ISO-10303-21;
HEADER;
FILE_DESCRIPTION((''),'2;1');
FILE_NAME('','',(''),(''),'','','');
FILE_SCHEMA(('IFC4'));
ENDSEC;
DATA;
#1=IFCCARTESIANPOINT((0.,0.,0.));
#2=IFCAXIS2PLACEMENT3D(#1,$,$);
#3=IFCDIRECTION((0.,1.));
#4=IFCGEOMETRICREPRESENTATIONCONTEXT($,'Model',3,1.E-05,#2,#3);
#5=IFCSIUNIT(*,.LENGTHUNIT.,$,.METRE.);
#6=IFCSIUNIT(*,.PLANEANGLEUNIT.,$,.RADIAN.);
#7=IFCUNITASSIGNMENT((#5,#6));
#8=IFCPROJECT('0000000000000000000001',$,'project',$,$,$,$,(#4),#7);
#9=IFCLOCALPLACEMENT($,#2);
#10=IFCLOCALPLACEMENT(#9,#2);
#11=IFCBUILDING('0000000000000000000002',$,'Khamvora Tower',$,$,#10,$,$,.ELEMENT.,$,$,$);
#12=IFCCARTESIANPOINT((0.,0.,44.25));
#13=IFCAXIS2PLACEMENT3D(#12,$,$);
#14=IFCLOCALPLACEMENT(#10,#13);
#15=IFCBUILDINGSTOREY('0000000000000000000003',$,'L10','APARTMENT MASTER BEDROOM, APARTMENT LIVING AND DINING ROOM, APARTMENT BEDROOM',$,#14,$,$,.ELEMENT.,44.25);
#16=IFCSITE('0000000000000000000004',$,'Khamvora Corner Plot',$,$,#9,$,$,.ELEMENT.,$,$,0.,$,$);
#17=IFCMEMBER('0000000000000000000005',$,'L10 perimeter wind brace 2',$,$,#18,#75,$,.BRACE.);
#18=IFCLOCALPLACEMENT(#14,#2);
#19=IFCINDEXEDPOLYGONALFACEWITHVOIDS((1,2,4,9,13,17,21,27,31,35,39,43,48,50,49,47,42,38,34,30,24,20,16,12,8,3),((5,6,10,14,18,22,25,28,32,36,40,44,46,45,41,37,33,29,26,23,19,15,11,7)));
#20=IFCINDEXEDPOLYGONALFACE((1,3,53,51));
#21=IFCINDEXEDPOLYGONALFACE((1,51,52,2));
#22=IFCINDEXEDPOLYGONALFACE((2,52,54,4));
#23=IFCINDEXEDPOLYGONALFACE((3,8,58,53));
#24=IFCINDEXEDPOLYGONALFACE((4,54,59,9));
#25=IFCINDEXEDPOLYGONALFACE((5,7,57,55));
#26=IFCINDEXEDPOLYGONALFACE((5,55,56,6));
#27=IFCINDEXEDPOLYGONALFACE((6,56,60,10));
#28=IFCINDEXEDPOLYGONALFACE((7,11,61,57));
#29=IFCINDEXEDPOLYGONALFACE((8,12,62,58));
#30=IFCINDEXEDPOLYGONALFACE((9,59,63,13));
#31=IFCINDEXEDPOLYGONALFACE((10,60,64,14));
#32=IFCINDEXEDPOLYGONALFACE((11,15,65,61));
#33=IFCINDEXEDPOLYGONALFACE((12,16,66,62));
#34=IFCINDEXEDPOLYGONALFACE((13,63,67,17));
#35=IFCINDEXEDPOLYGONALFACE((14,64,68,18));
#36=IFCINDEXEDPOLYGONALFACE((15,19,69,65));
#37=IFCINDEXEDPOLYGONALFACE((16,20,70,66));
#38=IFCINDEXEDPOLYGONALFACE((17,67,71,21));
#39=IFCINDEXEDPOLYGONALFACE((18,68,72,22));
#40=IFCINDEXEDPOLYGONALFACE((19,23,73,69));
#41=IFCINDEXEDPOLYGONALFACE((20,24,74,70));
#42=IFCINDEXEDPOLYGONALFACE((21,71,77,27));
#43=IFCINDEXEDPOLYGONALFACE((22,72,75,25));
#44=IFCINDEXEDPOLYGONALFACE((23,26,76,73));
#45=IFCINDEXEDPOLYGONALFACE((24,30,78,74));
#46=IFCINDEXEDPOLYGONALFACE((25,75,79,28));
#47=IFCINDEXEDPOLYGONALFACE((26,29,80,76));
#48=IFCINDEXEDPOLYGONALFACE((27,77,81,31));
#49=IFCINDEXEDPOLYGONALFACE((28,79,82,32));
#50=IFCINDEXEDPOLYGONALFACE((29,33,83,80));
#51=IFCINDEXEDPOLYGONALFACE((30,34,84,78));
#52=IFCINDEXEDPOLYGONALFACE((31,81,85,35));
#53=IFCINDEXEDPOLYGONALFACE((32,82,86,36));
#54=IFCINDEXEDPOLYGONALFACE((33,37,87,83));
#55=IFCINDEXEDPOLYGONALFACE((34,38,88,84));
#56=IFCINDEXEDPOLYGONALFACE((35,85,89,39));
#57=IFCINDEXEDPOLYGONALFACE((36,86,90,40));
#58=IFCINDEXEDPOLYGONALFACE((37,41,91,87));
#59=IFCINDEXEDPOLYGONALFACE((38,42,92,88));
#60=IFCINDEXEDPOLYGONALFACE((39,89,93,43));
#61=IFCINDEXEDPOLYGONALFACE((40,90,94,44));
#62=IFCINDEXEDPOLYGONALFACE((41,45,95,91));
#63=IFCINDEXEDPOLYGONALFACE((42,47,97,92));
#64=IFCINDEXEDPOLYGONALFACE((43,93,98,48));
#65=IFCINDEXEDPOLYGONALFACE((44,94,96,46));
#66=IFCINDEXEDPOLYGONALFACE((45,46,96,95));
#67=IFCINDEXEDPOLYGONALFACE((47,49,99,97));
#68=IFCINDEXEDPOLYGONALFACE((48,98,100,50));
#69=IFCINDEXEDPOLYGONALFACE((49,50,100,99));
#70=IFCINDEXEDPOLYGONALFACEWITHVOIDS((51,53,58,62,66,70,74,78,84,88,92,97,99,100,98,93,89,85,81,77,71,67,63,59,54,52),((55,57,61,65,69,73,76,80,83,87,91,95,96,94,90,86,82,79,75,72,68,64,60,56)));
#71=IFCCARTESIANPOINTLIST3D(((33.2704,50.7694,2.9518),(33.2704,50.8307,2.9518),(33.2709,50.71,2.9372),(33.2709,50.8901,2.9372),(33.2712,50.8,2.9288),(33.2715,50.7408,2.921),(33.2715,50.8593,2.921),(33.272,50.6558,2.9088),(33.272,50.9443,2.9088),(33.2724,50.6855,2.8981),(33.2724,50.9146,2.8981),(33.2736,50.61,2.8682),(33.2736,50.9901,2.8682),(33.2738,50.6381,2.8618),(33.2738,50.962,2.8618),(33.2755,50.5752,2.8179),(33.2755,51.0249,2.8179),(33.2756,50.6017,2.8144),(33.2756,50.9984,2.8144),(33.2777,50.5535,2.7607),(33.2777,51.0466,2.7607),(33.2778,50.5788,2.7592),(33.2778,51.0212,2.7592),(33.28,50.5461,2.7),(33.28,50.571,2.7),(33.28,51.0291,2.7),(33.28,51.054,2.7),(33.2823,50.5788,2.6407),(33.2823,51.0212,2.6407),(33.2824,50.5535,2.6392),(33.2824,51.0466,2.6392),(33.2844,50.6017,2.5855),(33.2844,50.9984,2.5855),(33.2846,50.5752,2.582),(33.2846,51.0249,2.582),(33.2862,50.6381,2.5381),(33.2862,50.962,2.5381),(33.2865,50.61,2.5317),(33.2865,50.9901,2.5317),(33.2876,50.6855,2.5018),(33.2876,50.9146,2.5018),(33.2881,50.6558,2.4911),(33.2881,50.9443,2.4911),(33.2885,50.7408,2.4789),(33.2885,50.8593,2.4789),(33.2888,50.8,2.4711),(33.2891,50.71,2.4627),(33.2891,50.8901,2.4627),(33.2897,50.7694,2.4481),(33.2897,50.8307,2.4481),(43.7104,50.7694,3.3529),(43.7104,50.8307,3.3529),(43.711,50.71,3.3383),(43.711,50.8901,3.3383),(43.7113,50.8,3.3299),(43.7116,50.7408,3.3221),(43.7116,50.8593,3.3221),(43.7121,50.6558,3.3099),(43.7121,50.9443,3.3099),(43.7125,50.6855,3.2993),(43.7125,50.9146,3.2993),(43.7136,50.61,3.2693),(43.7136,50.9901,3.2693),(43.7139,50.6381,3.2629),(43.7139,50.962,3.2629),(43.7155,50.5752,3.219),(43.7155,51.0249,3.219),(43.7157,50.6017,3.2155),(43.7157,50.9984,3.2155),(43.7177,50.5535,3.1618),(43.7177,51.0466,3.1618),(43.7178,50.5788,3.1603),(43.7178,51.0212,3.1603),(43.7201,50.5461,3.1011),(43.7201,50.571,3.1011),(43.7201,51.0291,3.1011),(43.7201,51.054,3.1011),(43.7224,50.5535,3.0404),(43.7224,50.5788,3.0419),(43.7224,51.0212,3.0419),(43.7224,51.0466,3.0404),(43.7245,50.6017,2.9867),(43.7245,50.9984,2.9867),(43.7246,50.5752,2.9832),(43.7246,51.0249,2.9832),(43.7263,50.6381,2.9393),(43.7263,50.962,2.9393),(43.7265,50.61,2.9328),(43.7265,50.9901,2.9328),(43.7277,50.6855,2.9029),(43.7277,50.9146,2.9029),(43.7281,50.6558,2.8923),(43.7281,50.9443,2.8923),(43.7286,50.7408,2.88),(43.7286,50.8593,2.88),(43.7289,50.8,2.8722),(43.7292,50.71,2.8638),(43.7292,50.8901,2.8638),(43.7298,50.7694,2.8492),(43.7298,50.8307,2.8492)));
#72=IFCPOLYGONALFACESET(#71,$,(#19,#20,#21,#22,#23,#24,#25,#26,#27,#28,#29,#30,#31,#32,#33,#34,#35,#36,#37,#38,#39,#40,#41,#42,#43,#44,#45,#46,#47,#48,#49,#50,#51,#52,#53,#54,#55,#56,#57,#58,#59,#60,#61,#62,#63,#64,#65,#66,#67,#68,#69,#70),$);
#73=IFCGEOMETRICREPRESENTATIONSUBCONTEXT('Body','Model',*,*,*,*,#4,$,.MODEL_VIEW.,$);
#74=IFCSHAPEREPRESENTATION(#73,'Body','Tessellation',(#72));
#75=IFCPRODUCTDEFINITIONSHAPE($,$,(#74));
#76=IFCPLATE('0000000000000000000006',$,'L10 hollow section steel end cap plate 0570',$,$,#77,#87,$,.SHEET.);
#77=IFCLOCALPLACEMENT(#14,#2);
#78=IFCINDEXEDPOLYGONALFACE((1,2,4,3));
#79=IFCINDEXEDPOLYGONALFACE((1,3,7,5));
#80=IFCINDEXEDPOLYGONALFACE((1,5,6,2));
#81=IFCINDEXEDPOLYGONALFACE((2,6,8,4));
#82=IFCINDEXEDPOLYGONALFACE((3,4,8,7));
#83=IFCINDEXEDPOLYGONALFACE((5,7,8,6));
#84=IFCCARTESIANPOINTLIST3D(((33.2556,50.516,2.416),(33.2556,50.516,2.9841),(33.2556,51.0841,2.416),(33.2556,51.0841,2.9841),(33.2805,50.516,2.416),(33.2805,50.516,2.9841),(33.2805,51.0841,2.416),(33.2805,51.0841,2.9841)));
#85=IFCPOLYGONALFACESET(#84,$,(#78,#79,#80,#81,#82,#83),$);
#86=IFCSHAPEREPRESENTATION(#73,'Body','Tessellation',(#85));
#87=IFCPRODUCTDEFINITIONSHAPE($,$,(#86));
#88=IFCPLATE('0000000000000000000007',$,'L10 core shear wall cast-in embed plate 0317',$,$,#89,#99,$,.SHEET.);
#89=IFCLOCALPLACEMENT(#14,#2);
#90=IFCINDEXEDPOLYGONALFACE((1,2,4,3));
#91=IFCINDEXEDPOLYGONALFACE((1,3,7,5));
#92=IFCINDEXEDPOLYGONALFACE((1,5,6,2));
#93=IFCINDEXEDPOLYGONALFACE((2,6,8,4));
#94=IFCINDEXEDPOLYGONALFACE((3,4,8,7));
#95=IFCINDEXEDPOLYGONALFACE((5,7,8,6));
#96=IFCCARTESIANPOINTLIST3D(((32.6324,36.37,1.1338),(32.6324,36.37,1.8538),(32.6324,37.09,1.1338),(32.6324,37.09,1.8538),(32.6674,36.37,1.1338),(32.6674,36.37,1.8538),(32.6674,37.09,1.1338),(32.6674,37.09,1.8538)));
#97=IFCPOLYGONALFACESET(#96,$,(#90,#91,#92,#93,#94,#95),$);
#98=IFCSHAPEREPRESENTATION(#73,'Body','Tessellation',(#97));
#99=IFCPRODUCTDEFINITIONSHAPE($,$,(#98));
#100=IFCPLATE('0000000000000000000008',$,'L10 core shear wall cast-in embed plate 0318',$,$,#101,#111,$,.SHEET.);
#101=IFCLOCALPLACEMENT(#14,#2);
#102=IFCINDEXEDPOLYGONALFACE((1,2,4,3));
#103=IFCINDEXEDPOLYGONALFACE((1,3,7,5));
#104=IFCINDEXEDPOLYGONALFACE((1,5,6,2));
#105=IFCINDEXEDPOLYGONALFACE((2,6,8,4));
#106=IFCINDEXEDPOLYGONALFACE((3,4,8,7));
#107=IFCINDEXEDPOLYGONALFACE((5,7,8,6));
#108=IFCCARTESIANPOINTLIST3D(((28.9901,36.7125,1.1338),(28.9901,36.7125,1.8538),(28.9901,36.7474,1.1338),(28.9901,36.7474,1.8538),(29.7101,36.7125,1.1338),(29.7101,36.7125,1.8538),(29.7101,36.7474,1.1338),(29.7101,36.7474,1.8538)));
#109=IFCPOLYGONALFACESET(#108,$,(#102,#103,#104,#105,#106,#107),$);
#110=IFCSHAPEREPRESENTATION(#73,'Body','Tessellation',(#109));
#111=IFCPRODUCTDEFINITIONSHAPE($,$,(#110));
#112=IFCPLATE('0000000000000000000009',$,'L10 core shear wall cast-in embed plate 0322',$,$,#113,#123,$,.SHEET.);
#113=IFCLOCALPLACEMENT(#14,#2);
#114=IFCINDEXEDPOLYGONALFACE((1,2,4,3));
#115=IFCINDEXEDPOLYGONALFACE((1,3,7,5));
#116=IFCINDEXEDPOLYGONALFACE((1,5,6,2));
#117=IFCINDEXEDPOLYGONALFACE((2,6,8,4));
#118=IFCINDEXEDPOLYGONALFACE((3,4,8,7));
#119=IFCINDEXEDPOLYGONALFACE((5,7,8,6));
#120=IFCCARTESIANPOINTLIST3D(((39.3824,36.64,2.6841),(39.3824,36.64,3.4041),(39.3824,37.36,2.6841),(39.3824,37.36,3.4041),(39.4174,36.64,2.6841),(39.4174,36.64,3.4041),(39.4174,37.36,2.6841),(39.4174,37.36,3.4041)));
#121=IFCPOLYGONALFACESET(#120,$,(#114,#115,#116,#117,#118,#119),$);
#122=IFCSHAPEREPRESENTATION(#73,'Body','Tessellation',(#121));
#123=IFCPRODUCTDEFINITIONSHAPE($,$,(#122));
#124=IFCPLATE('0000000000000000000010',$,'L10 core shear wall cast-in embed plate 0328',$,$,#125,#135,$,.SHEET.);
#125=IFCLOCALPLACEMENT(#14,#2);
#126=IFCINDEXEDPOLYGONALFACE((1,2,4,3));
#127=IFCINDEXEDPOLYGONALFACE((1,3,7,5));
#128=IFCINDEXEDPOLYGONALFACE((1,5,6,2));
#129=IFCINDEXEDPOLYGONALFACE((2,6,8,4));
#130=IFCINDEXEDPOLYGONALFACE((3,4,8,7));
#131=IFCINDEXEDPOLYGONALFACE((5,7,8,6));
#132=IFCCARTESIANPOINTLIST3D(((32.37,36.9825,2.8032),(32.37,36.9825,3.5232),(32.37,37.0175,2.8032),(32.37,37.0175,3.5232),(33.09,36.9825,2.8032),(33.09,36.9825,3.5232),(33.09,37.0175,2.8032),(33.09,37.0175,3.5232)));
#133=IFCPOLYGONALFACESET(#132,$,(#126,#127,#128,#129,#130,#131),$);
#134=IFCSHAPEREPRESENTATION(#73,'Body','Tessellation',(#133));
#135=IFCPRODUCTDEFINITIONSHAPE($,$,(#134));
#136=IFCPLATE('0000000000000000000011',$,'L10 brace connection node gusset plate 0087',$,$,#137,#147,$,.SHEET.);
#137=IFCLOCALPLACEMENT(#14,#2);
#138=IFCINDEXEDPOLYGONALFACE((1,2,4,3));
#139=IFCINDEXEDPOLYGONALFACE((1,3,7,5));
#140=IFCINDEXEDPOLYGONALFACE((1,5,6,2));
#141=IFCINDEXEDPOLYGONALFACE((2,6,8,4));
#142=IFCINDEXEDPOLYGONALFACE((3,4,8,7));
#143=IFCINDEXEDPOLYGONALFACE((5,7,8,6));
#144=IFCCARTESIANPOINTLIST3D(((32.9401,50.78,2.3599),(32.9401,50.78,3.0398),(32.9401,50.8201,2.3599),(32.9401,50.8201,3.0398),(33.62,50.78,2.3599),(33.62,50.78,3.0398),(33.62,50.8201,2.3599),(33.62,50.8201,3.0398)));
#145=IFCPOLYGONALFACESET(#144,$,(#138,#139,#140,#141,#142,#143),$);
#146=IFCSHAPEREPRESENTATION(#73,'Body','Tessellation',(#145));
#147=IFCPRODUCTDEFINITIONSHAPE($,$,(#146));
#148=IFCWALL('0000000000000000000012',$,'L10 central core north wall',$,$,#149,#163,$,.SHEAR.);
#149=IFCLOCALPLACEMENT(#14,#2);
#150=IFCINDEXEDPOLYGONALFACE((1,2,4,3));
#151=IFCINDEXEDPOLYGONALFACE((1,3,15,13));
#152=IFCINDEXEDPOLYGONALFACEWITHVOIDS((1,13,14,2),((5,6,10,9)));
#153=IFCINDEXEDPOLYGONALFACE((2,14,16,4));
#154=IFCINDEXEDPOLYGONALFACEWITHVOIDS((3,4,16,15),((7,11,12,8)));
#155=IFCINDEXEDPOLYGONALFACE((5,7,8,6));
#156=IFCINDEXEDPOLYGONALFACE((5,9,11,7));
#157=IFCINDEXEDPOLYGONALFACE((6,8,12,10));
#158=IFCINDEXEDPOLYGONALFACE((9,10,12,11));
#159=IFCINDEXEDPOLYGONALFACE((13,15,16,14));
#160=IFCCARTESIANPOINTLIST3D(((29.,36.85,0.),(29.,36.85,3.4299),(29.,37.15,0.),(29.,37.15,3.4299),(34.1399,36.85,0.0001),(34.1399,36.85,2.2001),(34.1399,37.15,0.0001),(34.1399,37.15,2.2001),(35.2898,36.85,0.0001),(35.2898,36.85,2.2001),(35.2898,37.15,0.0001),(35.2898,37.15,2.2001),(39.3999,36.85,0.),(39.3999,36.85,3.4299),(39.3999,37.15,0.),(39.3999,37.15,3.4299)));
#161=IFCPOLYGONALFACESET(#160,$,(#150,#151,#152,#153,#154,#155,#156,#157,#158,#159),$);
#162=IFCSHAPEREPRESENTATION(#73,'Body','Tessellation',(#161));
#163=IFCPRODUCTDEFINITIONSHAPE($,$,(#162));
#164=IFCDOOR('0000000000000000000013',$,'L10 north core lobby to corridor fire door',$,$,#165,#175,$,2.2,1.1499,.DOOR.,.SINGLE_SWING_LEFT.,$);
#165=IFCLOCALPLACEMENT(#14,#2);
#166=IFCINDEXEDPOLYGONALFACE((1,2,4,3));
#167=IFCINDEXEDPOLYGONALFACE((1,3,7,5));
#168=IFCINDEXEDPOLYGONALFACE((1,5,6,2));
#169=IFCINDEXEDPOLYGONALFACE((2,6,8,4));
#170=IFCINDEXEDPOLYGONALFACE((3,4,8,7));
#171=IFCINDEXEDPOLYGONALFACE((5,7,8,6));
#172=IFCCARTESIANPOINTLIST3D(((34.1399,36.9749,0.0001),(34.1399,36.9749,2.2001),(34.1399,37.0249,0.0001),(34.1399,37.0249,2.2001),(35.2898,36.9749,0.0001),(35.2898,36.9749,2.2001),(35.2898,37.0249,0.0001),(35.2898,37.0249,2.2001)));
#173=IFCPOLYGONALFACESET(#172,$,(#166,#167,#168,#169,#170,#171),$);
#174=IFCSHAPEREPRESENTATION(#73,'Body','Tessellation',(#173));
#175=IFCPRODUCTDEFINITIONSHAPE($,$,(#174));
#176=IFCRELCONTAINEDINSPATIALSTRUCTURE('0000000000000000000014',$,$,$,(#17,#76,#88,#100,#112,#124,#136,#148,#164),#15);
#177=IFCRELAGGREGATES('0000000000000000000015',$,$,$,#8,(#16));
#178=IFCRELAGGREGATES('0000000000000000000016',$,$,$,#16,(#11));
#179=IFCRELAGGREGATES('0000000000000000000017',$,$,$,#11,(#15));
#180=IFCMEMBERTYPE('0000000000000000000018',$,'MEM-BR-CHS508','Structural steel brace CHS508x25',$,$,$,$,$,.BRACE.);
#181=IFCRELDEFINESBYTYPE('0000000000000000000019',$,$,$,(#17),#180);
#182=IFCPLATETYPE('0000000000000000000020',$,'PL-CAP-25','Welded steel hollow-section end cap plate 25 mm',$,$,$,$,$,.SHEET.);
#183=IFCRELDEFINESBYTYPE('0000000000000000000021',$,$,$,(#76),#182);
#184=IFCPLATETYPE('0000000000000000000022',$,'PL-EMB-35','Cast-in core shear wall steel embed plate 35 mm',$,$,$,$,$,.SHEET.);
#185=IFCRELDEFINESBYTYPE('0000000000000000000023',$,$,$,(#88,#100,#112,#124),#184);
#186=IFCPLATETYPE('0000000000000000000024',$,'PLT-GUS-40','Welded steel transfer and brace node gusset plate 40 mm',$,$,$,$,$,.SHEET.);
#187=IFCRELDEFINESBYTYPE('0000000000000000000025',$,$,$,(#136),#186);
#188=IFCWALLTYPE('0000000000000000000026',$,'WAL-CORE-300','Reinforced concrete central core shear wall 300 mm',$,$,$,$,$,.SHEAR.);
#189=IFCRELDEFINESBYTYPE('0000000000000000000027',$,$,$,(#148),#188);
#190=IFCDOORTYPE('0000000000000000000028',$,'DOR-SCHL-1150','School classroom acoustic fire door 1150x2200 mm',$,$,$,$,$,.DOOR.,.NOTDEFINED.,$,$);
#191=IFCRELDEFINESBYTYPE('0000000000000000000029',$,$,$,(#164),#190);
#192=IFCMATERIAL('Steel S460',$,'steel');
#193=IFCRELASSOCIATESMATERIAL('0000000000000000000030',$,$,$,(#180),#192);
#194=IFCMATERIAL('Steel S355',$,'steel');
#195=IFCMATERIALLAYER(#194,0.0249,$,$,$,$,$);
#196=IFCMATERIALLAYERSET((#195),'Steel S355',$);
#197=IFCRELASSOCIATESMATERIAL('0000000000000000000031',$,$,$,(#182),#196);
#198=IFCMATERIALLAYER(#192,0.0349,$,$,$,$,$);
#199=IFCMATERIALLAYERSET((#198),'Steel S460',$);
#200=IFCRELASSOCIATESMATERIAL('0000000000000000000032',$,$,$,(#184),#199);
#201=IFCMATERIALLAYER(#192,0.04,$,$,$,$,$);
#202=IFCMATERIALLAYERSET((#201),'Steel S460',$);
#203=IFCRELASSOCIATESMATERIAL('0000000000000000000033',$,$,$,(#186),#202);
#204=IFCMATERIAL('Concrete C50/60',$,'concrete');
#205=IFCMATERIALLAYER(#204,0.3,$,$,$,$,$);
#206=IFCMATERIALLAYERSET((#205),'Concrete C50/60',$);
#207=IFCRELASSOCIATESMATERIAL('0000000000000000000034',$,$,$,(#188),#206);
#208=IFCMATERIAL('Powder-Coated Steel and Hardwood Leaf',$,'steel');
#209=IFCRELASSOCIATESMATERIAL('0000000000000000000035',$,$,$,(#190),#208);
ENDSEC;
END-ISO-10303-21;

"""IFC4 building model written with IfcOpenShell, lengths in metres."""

from ifc_helpers import new_model, si_unit, direction, frame, frame_2d, origin, origin_2d, place, context, subcontext, project, spatial, rectangle, hollow_circle, extrude, material, layer, layer_set, material_profile, profile_set, type_object, element, fill, save


model = new_model("IFC4")

# Units and contexts
model_context = context("Model", 3, precision=1e-05, world=origin(), true_north=direction((0.0, 1.0)))
body_context = subcontext(model_context, "Body", "Model", "MODEL_VIEW")
ifc_project = project(units=[si_unit("LENGTHUNIT", "METRE"), si_unit("PLANEANGLEUNIT", "RADIAN")], contexts=[model_context])

# Site, building, storey
site_placement = place(None, origin())
site = spatial("IfcSite", under=ifc_project, at=site_placement, Name="Khamvora Corner Plot", CompositionType="ELEMENT", RefElevation=0.0)
building_placement = place(site_placement, origin())
building = spatial("IfcBuilding", under=site, at=building_placement, Name="Khamvora Tower", CompositionType="ELEMENT")
storey_placement = place(building_placement, frame((0.0, 0.0, 44.25)))
storey = spatial("IfcBuildingStorey", under=building, at=storey_placement, Name="L10", Description="APARTMENT MASTER BEDROOM, APARTMENT LIVING AND DINING ROOM, APARTMENT BEDROOM", CompositionType="ELEMENT", Elevation=44.25)

# Shared definitions
ifc_material_1 = material(Name="Steel S460", Category="steel")

# Shared definitions
ifc_material_2 = material(Name="Steel S355", Category="steel")

# Member
ifc_material_profile_1 = material_profile(ifc_material_1, hollow_circle(Radius=0.2539, WallThickness=0.0249, at=origin_2d()), Name="CHS508x25")
ifc_profile_set_1 = profile_set([ifc_material_profile_1], Name="Steel S460")
member_type = type_object("IfcMemberType", Name="MEM-BR-CHS508", Description="Structural steel brace CHS508x25", PredefinedType="BRACE", material=ifc_profile_set_1)
member_placement = place(storey_placement, frame((33.28, 50.8, 2.7), z_axis=(0.999263, 0.0, 0.038394), x_axis=(0.0, 1.0, 0.0)))
element("IfcMember", 1, at=member_placement, inside=storey, type_object=member_type, Name="L10 perimeter wind brace 2", PredefinedType="BRACE", context=body_context, shape_type="SweptSolid", body=[
    extrude(hollow_circle(Radius=0.2539, WallThickness=0.0249, at=origin_2d()), origin(), (0.0, 0.0, 1.0), 10.4478),
])

# Plates
ifc_layer_1 = layer(ifc_material_2, 0.0249)
ifc_layer_set_1 = layer_set([ifc_layer_1], Name="Steel S355")
plate_type_1 = type_object("IfcPlateType", Name="PL-CAP-25", Description="Welded steel hollow-section end cap plate 25 mm", PredefinedType="SHEET", material=ifc_layer_set_1)
plate_1_placement = place(storey_placement, frame((33.2681, 50.8, 2.416), z_axis=(0.0, 0.0, 1.0), x_axis=(1.0, 0.0, 0.0)))
element("IfcPlate", 2, at=plate_1_placement, inside=storey, type_object=plate_type_1, Name="L10 hollow section steel end cap plate 0570", PredefinedType="SHEET", context=body_context, shape_type="SweptSolid", body=[
    extrude(rectangle(XDim=0.0249, YDim=0.5681, at=origin_2d()), origin(), (0.0, 0.0, 1.0), 0.5681),
])
ifc_layer_2 = layer(ifc_material_1, 0.0349)
ifc_layer_set_2 = layer_set([ifc_layer_2], Name="Steel S460")
plate_type_2 = type_object("IfcPlateType", Name="PL-EMB-35", Description="Cast-in core shear wall steel embed plate 35 mm", PredefinedType="SHEET", material=ifc_layer_set_2)
plate_2_placement = place(storey_placement, frame((32.6499, 36.73, 1.1338), z_axis=(0.0, 0.0, 1.0), x_axis=(1.0, 0.0, 0.0)))
element("IfcPlate", 3, at=plate_2_placement, inside=storey, type_object=plate_type_2, Name="L10 core shear wall cast-in embed plate 0317", PredefinedType="SHEET", context=body_context, shape_type="SweptSolid", body=[
    extrude(rectangle(XDim=0.0349, YDim=0.72, at=origin_2d()), origin(), (0.0, 0.0, 1.0), 0.72),
])
plate_3_placement = place(storey_placement, frame((29.3501, 36.73, 1.1338), z_axis=(0.0, 0.0, 1.0), x_axis=(1.0, 0.0, 0.0)))
element("IfcPlate", 4, at=plate_3_placement, inside=storey, type_object=plate_type_2, Name="L10 core shear wall cast-in embed plate 0318", PredefinedType="SHEET", context=body_context, shape_type="SweptSolid", body=[
    extrude(rectangle(XDim=0.72, YDim=0.0349, at=origin_2d()), origin(), (0.0, 0.0, 1.0), 0.72),
])
plate_4_placement = place(storey_placement, frame((39.3999, 37.0, 2.6841), z_axis=(0.0, 0.0, 1.0), x_axis=(1.0, 0.0, 0.0)))
element("IfcPlate", 5, at=plate_4_placement, inside=storey, type_object=plate_type_2, Name="L10 core shear wall cast-in embed plate 0322", PredefinedType="SHEET", context=body_context, shape_type="SweptSolid", body=[
    extrude(rectangle(XDim=0.0349, YDim=0.72, at=origin_2d()), origin(), (0.0, 0.0, 1.0), 0.72),
])
plate_5_placement = place(storey_placement, frame((32.73, 37.0, 2.8032), z_axis=(0.0, 0.0, 1.0), x_axis=(1.0, 0.0, 0.0)))
element("IfcPlate", 6, at=plate_5_placement, inside=storey, type_object=plate_type_2, Name="L10 core shear wall cast-in embed plate 0328", PredefinedType="SHEET", context=body_context, shape_type="SweptSolid", body=[
    extrude(rectangle(XDim=0.72, YDim=0.0349, at=origin_2d()), origin(), (0.0, 0.0, 1.0), 0.72),
])
ifc_layer_3 = layer(ifc_material_1, 0.04)
ifc_layer_set_3 = layer_set([ifc_layer_3], Name="Steel S460")
plate_type_3 = type_object("IfcPlateType", Name="PLT-GUS-40", Description="Welded steel transfer and brace node gusset plate 40 mm", PredefinedType="SHEET", material=ifc_layer_set_3)
plate_6_placement = place(storey_placement, frame((33.28, 50.8, 2.3599), z_axis=(0.0, 0.0, 1.0), x_axis=(1.0, 0.0, 0.0)))
element("IfcPlate", 7, at=plate_6_placement, inside=storey, type_object=plate_type_3, Name="L10 brace connection node gusset plate 0087", PredefinedType="SHEET", context=body_context, shape_type="SweptSolid", body=[
    extrude(rectangle(XDim=0.6799, YDim=0.04, at=origin_2d()), origin(), (0.0, 0.0, 1.0), 0.6799),
])

# Wall, opening, door
ifc_material_3 = material(Name="Concrete C50/60", Category="concrete")
ifc_layer_4 = layer(ifc_material_3, 0.3)
ifc_layer_set_4 = layer_set([ifc_layer_4], Name="Concrete C50/60")
wall_type_1 = type_object("IfcWallType", Name="WAL-CORE-300", Description="Reinforced concrete central core shear wall 300 mm", PredefinedType="SHEAR", material=ifc_layer_set_4)
wall_1_placement = place(storey_placement, frame((29.0, 37.0, 0.0), z_axis=(0.0, 0.0, 1.0), x_axis=(1.0, 0.0, 0.0)))
wall_1 = element("IfcWall", 8, at=wall_1_placement, inside=storey, type_object=wall_type_1, Name="L10 central core north wall", PredefinedType="SHEAR", context=body_context, shape_type="SweptSolid", body=[
    extrude(rectangle(XDim=10.3999, YDim=0.3, at=frame_2d((5.2, 0.0))), origin(), (0.0, 0.0, 1.0), 3.4299),
])
opening_1_placement = place(wall_1_placement, frame((5.1399, 0.0, 0.0)))
opening_1 = element("IfcOpeningElement", 9, at=opening_1_placement, cuts=wall_1, PredefinedType="OPENING", context=body_context, shape_type="SweptSolid", body=[
    extrude(rectangle(XDim=1.1499, YDim=2.2, at=frame_2d((0.575, 1.1001))), frame((0.0, 0.1599, 0.0), z_axis=(0.0, -1.0, 0.0), x_axis=(1.0, 0.0, 0.0)), (0.0, 0.0, 1.0), 0.3201),
])
ifc_material_4 = material(Name="Powder-Coated Steel and Hardwood Leaf", Category="steel")
door_type_1 = type_object("IfcDoorType", Name="DOR-SCHL-1150", Description="School classroom acoustic fire door 1150x2200 mm", OperationType="NOTDEFINED", PredefinedType="DOOR", material=ifc_material_4)
door_1_placement = place(opening_1_placement, origin())
door_1 = element("IfcDoor", 10, at=door_1_placement, inside=storey, type_object=door_type_1, Name="L10 north core lobby to corridor fire door", OperationType="SINGLE_SWING_LEFT", OverallHeight=2.2, OverallWidth=1.1499, PredefinedType="DOOR", context=body_context, shape_type="SweptSolid", body=[
    extrude(rectangle(XDim=1.1499, YDim=2.2, at=frame_2d((0.575, 1.1001))), frame((0.0, 0.0249, 0.0), z_axis=(0.0, -1.0, 0.0), x_axis=(1.0, 0.0, 0.0)), (0.0, 0.0, 1.0), 0.05),
])
fill(opening_1, door_1)

save(model, "model.ifc")
